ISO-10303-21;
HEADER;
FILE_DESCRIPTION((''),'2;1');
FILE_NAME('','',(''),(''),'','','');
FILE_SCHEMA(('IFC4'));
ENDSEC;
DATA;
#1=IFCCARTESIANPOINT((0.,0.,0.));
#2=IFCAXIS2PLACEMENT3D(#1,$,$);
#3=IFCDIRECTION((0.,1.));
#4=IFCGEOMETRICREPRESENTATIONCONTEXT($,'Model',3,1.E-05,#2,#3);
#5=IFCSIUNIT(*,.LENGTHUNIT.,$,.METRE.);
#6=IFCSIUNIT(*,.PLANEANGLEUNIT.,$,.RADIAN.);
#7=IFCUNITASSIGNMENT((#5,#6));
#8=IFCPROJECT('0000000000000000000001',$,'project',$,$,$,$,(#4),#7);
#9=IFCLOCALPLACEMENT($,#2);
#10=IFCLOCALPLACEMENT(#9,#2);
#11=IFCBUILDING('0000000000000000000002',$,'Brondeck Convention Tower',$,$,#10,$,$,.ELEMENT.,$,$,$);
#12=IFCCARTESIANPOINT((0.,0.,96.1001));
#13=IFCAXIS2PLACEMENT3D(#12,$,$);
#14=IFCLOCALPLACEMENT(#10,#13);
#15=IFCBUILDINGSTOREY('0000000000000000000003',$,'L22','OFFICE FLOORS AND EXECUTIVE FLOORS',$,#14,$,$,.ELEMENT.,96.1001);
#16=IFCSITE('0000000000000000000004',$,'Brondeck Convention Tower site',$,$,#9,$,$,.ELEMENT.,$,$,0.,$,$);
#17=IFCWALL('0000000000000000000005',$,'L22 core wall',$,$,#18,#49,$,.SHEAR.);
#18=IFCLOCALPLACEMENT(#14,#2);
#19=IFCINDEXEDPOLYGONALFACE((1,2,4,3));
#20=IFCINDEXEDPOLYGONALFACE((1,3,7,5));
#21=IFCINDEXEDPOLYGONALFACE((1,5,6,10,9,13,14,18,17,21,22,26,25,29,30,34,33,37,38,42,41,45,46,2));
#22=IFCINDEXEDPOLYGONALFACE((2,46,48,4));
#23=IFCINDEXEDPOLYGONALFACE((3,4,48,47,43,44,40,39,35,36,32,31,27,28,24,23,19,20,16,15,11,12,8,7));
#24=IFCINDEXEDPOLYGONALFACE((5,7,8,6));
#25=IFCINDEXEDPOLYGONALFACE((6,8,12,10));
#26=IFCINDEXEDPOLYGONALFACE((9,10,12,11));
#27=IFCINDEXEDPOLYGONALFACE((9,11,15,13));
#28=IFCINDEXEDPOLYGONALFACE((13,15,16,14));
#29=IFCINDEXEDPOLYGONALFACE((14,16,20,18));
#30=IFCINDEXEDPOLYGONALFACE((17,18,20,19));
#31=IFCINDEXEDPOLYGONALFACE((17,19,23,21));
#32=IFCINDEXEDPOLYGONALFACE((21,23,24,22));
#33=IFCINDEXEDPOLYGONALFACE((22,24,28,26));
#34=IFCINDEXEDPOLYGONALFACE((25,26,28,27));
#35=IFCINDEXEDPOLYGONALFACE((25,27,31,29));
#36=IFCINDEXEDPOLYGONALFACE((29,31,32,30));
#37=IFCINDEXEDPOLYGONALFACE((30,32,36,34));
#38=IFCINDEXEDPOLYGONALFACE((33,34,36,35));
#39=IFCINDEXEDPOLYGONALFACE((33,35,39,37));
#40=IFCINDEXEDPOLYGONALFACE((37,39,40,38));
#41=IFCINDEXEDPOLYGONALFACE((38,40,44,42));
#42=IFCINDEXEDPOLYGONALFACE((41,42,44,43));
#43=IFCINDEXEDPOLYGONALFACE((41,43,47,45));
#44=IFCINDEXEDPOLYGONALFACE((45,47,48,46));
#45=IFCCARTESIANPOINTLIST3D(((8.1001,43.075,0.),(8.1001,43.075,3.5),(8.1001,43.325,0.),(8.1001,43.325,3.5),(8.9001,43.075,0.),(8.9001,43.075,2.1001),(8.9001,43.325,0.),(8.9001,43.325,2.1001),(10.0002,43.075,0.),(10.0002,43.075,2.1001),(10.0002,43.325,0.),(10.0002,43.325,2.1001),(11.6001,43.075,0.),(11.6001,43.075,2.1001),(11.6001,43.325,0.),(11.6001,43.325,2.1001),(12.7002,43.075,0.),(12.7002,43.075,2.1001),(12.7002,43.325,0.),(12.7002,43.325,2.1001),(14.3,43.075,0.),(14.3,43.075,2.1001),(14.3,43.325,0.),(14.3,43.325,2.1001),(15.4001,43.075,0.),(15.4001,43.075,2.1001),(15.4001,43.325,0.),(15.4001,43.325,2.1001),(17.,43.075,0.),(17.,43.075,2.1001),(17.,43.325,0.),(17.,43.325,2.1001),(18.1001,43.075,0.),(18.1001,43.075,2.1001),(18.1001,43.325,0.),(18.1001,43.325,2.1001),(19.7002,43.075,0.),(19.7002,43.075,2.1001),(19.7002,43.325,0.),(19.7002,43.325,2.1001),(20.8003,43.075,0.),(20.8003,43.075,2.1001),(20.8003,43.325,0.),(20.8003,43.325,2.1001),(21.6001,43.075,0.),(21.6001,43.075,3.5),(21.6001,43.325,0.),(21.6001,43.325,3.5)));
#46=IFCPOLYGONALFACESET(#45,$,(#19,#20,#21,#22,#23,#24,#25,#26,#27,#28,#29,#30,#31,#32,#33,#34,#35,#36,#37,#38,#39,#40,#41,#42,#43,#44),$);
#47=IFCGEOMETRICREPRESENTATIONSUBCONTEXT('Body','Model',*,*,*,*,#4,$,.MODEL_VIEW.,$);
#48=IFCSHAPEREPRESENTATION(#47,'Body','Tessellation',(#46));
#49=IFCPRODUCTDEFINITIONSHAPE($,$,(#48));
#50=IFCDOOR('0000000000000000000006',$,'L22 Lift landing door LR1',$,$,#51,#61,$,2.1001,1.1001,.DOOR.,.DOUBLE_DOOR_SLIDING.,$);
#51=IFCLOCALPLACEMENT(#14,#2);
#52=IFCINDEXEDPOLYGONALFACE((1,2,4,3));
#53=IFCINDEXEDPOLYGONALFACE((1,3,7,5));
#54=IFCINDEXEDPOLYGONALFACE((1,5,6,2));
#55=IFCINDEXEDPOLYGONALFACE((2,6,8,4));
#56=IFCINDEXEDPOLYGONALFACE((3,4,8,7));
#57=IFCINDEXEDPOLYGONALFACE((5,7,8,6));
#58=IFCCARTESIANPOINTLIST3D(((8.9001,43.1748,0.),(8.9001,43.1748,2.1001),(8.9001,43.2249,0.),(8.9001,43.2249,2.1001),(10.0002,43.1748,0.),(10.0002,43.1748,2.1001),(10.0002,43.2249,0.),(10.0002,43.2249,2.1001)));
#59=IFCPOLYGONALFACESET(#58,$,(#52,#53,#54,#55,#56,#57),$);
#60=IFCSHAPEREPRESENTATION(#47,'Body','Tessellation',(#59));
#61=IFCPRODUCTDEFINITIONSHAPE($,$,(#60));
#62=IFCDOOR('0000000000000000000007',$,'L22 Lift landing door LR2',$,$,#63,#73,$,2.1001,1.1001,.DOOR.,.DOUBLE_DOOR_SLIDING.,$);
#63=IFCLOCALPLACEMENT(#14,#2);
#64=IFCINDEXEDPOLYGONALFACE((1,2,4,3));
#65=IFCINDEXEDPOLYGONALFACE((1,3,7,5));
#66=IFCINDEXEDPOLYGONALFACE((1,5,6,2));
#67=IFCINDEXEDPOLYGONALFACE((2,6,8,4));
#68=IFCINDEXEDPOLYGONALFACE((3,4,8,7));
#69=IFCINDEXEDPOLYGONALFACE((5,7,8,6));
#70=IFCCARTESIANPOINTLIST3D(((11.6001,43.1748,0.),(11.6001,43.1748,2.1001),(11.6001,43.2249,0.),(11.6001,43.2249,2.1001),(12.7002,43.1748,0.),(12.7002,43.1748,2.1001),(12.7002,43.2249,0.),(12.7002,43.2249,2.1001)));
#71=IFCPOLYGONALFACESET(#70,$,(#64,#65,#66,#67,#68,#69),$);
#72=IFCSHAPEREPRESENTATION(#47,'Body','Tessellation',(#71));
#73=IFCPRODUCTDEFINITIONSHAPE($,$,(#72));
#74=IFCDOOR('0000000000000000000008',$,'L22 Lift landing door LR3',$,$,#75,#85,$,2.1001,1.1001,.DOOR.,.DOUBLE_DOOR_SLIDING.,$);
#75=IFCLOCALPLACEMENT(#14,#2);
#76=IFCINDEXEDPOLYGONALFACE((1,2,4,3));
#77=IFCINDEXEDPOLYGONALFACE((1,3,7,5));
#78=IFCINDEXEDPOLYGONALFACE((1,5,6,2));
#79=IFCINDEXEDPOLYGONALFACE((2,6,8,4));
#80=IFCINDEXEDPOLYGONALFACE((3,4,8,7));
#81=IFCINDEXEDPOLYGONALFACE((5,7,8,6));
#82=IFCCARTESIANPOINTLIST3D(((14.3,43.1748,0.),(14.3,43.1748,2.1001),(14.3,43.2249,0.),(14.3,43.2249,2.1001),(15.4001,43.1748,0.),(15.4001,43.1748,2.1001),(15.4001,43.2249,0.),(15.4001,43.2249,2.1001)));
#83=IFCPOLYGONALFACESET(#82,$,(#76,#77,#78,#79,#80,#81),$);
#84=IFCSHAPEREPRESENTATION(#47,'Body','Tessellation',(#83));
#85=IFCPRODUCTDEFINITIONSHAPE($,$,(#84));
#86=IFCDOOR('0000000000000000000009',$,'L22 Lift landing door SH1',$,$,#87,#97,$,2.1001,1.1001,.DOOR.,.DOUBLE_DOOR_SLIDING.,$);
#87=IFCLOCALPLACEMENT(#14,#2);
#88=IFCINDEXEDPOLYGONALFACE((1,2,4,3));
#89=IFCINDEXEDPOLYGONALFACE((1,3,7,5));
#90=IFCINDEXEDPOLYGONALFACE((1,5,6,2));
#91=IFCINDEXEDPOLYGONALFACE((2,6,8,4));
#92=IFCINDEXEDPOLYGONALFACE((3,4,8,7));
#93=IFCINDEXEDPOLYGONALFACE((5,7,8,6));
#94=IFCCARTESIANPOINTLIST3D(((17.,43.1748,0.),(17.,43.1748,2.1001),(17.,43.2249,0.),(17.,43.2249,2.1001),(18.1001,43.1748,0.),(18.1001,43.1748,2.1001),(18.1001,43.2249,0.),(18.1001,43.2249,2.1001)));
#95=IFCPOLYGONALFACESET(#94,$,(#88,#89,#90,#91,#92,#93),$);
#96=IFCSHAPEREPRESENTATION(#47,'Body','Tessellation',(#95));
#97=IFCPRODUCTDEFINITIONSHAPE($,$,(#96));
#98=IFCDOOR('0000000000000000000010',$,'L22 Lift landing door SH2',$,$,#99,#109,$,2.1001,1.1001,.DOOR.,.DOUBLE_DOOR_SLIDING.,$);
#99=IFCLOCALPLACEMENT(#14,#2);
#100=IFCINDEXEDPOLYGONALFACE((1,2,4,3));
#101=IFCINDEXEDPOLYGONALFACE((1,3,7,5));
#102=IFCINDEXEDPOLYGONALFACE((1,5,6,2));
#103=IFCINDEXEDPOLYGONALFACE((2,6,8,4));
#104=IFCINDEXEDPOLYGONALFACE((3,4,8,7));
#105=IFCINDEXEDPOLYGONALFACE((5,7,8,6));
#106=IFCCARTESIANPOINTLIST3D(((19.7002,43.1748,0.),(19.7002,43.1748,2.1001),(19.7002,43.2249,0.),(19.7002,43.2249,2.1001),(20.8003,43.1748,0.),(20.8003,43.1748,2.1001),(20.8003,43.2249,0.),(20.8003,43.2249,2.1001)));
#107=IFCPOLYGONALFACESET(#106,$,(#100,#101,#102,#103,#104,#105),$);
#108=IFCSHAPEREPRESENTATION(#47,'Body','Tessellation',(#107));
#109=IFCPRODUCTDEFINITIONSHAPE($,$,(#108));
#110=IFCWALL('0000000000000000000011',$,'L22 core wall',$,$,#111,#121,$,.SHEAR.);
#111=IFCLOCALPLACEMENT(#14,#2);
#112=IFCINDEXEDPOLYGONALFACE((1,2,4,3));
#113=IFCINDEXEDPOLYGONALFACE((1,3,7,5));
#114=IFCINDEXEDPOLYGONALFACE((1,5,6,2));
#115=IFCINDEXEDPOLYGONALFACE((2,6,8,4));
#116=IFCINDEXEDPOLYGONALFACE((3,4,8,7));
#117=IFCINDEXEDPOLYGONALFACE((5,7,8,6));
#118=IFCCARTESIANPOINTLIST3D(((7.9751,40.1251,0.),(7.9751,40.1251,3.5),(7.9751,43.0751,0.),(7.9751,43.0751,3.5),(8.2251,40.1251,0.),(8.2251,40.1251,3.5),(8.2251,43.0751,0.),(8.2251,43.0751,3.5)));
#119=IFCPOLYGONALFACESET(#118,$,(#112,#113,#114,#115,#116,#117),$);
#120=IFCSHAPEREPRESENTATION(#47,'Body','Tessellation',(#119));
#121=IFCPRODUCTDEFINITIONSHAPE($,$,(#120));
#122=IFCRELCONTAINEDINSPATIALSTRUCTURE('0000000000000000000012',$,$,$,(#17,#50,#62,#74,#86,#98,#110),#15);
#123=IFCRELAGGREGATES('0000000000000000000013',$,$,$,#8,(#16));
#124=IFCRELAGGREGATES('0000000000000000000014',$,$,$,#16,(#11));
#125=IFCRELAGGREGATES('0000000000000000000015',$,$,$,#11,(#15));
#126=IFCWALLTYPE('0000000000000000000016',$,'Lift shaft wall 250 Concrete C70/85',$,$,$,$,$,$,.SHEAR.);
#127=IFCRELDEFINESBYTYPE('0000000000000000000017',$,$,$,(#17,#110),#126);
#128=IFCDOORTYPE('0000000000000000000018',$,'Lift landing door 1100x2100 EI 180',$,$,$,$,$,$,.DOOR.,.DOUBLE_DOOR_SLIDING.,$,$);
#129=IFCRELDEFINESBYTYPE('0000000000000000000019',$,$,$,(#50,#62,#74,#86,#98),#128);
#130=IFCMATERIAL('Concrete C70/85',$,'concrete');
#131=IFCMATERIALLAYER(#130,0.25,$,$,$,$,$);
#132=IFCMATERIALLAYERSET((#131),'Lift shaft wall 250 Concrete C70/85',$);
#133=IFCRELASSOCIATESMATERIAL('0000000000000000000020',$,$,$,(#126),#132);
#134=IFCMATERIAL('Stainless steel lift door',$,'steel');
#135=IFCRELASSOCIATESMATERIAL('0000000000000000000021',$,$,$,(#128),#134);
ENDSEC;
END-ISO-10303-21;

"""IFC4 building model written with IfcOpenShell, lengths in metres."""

from ifc_helpers import new_model, si_unit, direction, frame, frame_2d, origin, place, context, subcontext, project, spatial, rectangle, extrude, material, layer, layer_set, type_object, element, fill, save


model = new_model("IFC4")

# Units and contexts
model_context = context("Model", 3, precision=1e-05, world=origin(), true_north=direction((0.0, 1.0)))
body_context = subcontext(model_context, "Body", "Model", "MODEL_VIEW")
ifc_project = project(units=[si_unit("LENGTHUNIT", "METRE"), si_unit("PLANEANGLEUNIT", "RADIAN")], contexts=[model_context])

# Site, building, storey
site_placement = place(None, origin())
site = spatial("IfcSite", under=ifc_project, at=site_placement, Name="Brondeck Convention Tower site", CompositionType="ELEMENT", RefElevation=0.0)
building_placement = place(site_placement, origin())
building = spatial("IfcBuilding", under=site, at=building_placement, Name="Brondeck Convention Tower", CompositionType="ELEMENT")
storey_placement = place(building_placement, frame((0.0, 0.0, 96.1001)))
storey = spatial("IfcBuildingStorey", under=building, at=storey_placement, Name="L22", Description="OFFICE FLOORS AND EXECUTIVE FLOORS", CompositionType="ELEMENT", Elevation=96.1001)

# Shared definitions
ifc_material_1 = material(Name="Concrete C70/85", Category="concrete")

# Wall, openings, doors
ifc_layer_1 = layer(ifc_material_1, 0.25)
ifc_layer_set_1 = layer_set([ifc_layer_1], Name="Lift shaft wall 250 Concrete C70/85")
wall_type_1 = type_object("IfcWallType", Name="Lift shaft wall 250 Concrete C70/85", PredefinedType="SHEAR", material=ifc_layer_set_1)
wall_1_placement = place(storey_placement, frame((8.1001, 43.2, 0.0), z_axis=(0.0, 0.0, 1.0), x_axis=(1.0, 0.0, 0.0)))
wall_1 = element("IfcWall", 1, at=wall_1_placement, inside=storey, type_object=wall_type_1, Name="L22 core wall", PredefinedType="SHEAR", context=body_context, shape_type="SweptSolid", body=[
    extrude(rectangle(XDim=13.5, YDim=0.25, at=frame_2d((6.75, 0.0))), origin(), (0.0, 0.0, 1.0), 3.5),
])
opening_1_placement = place(wall_1_placement, frame((0.8, 0.0, 0.0)))
opening_1 = element("IfcOpeningElement", 2, at=opening_1_placement, cuts=wall_1, PredefinedType="OPENING", context=body_context, shape_type="SweptSolid", body=[
    extrude(rectangle(XDim=1.1001, YDim=2.1001, at=frame_2d((0.55, 1.05))), frame((0.0, 0.135, 0.0), z_axis=(0.0, -1.0, 0.0), x_axis=(1.0, 0.0, 0.0)), (0.0, 0.0, 1.0), 0.27),
])
opening_2_placement = place(wall_1_placement, frame((3.5, 0.0, 0.0)))
opening_2 = element("IfcOpeningElement", 3, at=opening_2_placement, cuts=wall_1, PredefinedType="OPENING", context=body_context, shape_type="SweptSolid", body=[
    extrude(rectangle(XDim=1.1001, YDim=2.1001, at=frame_2d((0.55, 1.05))), frame((0.0, 0.135, 0.0), z_axis=(0.0, -1.0, 0.0), x_axis=(1.0, 0.0, 0.0)), (0.0, 0.0, 1.0), 0.27),
])
opening_3_placement = place(wall_1_placement, frame((6.2, 0.0, 0.0)))
opening_3 = element("IfcOpeningElement", 4, at=opening_3_placement, cuts=wall_1, PredefinedType="OPENING", context=body_context, shape_type="SweptSolid", body=[
    extrude(rectangle(XDim=1.1001, YDim=2.1001, at=frame_2d((0.55, 1.05))), frame((0.0, 0.135, 0.0), z_axis=(0.0, -1.0, 0.0), x_axis=(1.0, 0.0, 0.0)), (0.0, 0.0, 1.0), 0.27),
])
opening_4_placement = place(wall_1_placement, frame((8.8999, 0.0, 0.0)))
opening_4 = element("IfcOpeningElement", 5, at=opening_4_placement, cuts=wall_1, PredefinedType="OPENING", context=body_context, shape_type="SweptSolid", body=[
    extrude(rectangle(XDim=1.1001, YDim=2.1001, at=frame_2d((0.55, 1.05))), frame((0.0, 0.135, 0.0), z_axis=(0.0, -1.0, 0.0), x_axis=(1.0, 0.0, 0.0)), (0.0, 0.0, 1.0), 0.27),
])
opening_5_placement = place(wall_1_placement, frame((11.6001, 0.0, 0.0)))
opening_5 = element("IfcOpeningElement", 6, at=opening_5_placement, cuts=wall_1, PredefinedType="OPENING", context=body_context, shape_type="SweptSolid", body=[
    extrude(rectangle(XDim=1.1001, YDim=2.1001, at=frame_2d((0.55, 1.05))), frame((0.0, 0.135, 0.0), z_axis=(0.0, -1.0, 0.0), x_axis=(1.0, 0.0, 0.0)), (0.0, 0.0, 1.0), 0.27),
])
ifc_material_2 = material(Name="Stainless steel lift door", Category="steel")
door_type_1 = type_object("IfcDoorType", Name="Lift landing door 1100x2100 EI 180", OperationType="DOUBLE_DOOR_SLIDING", PredefinedType="DOOR", material=ifc_material_2)
door_1_placement = place(opening_1_placement, origin())
door_1 = element("IfcDoor", 7, at=door_1_placement, inside=storey, type_object=door_type_1, Name="L22 Lift landing door LR1", OperationType="DOUBLE_DOOR_SLIDING", OverallHeight=2.1001, OverallWidth=1.1001, PredefinedType="DOOR", context=body_context, shape_type="SweptSolid", body=[
    extrude(rectangle(XDim=1.1001, YDim=2.1001, at=frame_2d((0.55, 1.05))), frame((0.0, 0.0249, 0.0), z_axis=(0.0, -1.0, 0.0), x_axis=(1.0, 0.0, 0.0)), (0.0, 0.0, 1.0), 0.05),
])
fill(opening_1, door_1)
door_2_placement = place(opening_2_placement, origin())
door_2 = element("IfcDoor", 8, at=door_2_placement, inside=storey, type_object=door_type_1, Name="L22 Lift landing door LR2", OperationType="DOUBLE_DOOR_SLIDING", OverallHeight=2.1001, OverallWidth=1.1001, PredefinedType="DOOR", context=body_context, shape_type="SweptSolid", body=[
    extrude(rectangle(XDim=1.1001, YDim=2.1001, at=frame_2d((0.55, 1.05))), frame((0.0, 0.0249, 0.0), z_axis=(0.0, -1.0, 0.0), x_axis=(1.0, 0.0, 0.0)), (0.0, 0.0, 1.0), 0.05),
])
fill(opening_2, door_2)
door_3_placement = place(opening_3_placement, origin())
door_3 = element("IfcDoor", 9, at=door_3_placement, inside=storey, type_object=door_type_1, Name="L22 Lift landing door LR3", OperationType="DOUBLE_DOOR_SLIDING", OverallHeight=2.1001, OverallWidth=1.1001, PredefinedType="DOOR", context=body_context, shape_type="SweptSolid", body=[
    extrude(rectangle(XDim=1.1001, YDim=2.1001, at=frame_2d((0.55, 1.05))), frame((0.0, 0.0249, 0.0), z_axis=(0.0, -1.0, 0.0), x_axis=(1.0, 0.0, 0.0)), (0.0, 0.0, 1.0), 0.05),
])
fill(opening_3, door_3)
door_4_placement = place(opening_4_placement, origin())
door_4 = element("IfcDoor", 10, at=door_4_placement, inside=storey, type_object=door_type_1, Name="L22 Lift landing door SH1", OperationType="DOUBLE_DOOR_SLIDING", OverallHeight=2.1001, OverallWidth=1.1001, PredefinedType="DOOR", context=body_context, shape_type="SweptSolid", body=[
    extrude(rectangle(XDim=1.1001, YDim=2.1001, at=frame_2d((0.55, 1.05))), frame((0.0, 0.0249, 0.0), z_axis=(0.0, -1.0, 0.0), x_axis=(1.0, 0.0, 0.0)), (0.0, 0.0, 1.0), 0.05),
])
fill(opening_4, door_4)
door_5_placement = place(opening_5_placement, origin())
door_5 = element("IfcDoor", 11, at=door_5_placement, inside=storey, type_object=door_type_1, Name="L22 Lift landing door SH2", OperationType="DOUBLE_DOOR_SLIDING", OverallHeight=2.1001, OverallWidth=1.1001, PredefinedType="DOOR", context=body_context, shape_type="SweptSolid", body=[
    extrude(rectangle(XDim=1.1001, YDim=2.1001, at=frame_2d((0.55, 1.05))), frame((0.0, 0.0249, 0.0), z_axis=(0.0, -1.0, 0.0), x_axis=(1.0, 0.0, 0.0)), (0.0, 0.0, 1.0), 0.05),
])
fill(opening_5, door_5)

# Wall
wall_2_placement = place(storey_placement, frame((8.1001, 40.125, 0.0), z_axis=(0.0, 0.0, 1.0), x_axis=(0.0, 1.0, 0.0)))
element("IfcWall", 12, at=wall_2_placement, inside=storey, type_object=wall_type_1, Name="L22 core wall", PredefinedType="SHEAR", context=body_context, shape_type="SweptSolid", body=[
    extrude(rectangle(XDim=2.95, YDim=0.25, at=frame_2d((1.4751, 0.0))), origin(), (0.0, 0.0, 1.0), 3.5),
])

save(model, "model.ifc")
